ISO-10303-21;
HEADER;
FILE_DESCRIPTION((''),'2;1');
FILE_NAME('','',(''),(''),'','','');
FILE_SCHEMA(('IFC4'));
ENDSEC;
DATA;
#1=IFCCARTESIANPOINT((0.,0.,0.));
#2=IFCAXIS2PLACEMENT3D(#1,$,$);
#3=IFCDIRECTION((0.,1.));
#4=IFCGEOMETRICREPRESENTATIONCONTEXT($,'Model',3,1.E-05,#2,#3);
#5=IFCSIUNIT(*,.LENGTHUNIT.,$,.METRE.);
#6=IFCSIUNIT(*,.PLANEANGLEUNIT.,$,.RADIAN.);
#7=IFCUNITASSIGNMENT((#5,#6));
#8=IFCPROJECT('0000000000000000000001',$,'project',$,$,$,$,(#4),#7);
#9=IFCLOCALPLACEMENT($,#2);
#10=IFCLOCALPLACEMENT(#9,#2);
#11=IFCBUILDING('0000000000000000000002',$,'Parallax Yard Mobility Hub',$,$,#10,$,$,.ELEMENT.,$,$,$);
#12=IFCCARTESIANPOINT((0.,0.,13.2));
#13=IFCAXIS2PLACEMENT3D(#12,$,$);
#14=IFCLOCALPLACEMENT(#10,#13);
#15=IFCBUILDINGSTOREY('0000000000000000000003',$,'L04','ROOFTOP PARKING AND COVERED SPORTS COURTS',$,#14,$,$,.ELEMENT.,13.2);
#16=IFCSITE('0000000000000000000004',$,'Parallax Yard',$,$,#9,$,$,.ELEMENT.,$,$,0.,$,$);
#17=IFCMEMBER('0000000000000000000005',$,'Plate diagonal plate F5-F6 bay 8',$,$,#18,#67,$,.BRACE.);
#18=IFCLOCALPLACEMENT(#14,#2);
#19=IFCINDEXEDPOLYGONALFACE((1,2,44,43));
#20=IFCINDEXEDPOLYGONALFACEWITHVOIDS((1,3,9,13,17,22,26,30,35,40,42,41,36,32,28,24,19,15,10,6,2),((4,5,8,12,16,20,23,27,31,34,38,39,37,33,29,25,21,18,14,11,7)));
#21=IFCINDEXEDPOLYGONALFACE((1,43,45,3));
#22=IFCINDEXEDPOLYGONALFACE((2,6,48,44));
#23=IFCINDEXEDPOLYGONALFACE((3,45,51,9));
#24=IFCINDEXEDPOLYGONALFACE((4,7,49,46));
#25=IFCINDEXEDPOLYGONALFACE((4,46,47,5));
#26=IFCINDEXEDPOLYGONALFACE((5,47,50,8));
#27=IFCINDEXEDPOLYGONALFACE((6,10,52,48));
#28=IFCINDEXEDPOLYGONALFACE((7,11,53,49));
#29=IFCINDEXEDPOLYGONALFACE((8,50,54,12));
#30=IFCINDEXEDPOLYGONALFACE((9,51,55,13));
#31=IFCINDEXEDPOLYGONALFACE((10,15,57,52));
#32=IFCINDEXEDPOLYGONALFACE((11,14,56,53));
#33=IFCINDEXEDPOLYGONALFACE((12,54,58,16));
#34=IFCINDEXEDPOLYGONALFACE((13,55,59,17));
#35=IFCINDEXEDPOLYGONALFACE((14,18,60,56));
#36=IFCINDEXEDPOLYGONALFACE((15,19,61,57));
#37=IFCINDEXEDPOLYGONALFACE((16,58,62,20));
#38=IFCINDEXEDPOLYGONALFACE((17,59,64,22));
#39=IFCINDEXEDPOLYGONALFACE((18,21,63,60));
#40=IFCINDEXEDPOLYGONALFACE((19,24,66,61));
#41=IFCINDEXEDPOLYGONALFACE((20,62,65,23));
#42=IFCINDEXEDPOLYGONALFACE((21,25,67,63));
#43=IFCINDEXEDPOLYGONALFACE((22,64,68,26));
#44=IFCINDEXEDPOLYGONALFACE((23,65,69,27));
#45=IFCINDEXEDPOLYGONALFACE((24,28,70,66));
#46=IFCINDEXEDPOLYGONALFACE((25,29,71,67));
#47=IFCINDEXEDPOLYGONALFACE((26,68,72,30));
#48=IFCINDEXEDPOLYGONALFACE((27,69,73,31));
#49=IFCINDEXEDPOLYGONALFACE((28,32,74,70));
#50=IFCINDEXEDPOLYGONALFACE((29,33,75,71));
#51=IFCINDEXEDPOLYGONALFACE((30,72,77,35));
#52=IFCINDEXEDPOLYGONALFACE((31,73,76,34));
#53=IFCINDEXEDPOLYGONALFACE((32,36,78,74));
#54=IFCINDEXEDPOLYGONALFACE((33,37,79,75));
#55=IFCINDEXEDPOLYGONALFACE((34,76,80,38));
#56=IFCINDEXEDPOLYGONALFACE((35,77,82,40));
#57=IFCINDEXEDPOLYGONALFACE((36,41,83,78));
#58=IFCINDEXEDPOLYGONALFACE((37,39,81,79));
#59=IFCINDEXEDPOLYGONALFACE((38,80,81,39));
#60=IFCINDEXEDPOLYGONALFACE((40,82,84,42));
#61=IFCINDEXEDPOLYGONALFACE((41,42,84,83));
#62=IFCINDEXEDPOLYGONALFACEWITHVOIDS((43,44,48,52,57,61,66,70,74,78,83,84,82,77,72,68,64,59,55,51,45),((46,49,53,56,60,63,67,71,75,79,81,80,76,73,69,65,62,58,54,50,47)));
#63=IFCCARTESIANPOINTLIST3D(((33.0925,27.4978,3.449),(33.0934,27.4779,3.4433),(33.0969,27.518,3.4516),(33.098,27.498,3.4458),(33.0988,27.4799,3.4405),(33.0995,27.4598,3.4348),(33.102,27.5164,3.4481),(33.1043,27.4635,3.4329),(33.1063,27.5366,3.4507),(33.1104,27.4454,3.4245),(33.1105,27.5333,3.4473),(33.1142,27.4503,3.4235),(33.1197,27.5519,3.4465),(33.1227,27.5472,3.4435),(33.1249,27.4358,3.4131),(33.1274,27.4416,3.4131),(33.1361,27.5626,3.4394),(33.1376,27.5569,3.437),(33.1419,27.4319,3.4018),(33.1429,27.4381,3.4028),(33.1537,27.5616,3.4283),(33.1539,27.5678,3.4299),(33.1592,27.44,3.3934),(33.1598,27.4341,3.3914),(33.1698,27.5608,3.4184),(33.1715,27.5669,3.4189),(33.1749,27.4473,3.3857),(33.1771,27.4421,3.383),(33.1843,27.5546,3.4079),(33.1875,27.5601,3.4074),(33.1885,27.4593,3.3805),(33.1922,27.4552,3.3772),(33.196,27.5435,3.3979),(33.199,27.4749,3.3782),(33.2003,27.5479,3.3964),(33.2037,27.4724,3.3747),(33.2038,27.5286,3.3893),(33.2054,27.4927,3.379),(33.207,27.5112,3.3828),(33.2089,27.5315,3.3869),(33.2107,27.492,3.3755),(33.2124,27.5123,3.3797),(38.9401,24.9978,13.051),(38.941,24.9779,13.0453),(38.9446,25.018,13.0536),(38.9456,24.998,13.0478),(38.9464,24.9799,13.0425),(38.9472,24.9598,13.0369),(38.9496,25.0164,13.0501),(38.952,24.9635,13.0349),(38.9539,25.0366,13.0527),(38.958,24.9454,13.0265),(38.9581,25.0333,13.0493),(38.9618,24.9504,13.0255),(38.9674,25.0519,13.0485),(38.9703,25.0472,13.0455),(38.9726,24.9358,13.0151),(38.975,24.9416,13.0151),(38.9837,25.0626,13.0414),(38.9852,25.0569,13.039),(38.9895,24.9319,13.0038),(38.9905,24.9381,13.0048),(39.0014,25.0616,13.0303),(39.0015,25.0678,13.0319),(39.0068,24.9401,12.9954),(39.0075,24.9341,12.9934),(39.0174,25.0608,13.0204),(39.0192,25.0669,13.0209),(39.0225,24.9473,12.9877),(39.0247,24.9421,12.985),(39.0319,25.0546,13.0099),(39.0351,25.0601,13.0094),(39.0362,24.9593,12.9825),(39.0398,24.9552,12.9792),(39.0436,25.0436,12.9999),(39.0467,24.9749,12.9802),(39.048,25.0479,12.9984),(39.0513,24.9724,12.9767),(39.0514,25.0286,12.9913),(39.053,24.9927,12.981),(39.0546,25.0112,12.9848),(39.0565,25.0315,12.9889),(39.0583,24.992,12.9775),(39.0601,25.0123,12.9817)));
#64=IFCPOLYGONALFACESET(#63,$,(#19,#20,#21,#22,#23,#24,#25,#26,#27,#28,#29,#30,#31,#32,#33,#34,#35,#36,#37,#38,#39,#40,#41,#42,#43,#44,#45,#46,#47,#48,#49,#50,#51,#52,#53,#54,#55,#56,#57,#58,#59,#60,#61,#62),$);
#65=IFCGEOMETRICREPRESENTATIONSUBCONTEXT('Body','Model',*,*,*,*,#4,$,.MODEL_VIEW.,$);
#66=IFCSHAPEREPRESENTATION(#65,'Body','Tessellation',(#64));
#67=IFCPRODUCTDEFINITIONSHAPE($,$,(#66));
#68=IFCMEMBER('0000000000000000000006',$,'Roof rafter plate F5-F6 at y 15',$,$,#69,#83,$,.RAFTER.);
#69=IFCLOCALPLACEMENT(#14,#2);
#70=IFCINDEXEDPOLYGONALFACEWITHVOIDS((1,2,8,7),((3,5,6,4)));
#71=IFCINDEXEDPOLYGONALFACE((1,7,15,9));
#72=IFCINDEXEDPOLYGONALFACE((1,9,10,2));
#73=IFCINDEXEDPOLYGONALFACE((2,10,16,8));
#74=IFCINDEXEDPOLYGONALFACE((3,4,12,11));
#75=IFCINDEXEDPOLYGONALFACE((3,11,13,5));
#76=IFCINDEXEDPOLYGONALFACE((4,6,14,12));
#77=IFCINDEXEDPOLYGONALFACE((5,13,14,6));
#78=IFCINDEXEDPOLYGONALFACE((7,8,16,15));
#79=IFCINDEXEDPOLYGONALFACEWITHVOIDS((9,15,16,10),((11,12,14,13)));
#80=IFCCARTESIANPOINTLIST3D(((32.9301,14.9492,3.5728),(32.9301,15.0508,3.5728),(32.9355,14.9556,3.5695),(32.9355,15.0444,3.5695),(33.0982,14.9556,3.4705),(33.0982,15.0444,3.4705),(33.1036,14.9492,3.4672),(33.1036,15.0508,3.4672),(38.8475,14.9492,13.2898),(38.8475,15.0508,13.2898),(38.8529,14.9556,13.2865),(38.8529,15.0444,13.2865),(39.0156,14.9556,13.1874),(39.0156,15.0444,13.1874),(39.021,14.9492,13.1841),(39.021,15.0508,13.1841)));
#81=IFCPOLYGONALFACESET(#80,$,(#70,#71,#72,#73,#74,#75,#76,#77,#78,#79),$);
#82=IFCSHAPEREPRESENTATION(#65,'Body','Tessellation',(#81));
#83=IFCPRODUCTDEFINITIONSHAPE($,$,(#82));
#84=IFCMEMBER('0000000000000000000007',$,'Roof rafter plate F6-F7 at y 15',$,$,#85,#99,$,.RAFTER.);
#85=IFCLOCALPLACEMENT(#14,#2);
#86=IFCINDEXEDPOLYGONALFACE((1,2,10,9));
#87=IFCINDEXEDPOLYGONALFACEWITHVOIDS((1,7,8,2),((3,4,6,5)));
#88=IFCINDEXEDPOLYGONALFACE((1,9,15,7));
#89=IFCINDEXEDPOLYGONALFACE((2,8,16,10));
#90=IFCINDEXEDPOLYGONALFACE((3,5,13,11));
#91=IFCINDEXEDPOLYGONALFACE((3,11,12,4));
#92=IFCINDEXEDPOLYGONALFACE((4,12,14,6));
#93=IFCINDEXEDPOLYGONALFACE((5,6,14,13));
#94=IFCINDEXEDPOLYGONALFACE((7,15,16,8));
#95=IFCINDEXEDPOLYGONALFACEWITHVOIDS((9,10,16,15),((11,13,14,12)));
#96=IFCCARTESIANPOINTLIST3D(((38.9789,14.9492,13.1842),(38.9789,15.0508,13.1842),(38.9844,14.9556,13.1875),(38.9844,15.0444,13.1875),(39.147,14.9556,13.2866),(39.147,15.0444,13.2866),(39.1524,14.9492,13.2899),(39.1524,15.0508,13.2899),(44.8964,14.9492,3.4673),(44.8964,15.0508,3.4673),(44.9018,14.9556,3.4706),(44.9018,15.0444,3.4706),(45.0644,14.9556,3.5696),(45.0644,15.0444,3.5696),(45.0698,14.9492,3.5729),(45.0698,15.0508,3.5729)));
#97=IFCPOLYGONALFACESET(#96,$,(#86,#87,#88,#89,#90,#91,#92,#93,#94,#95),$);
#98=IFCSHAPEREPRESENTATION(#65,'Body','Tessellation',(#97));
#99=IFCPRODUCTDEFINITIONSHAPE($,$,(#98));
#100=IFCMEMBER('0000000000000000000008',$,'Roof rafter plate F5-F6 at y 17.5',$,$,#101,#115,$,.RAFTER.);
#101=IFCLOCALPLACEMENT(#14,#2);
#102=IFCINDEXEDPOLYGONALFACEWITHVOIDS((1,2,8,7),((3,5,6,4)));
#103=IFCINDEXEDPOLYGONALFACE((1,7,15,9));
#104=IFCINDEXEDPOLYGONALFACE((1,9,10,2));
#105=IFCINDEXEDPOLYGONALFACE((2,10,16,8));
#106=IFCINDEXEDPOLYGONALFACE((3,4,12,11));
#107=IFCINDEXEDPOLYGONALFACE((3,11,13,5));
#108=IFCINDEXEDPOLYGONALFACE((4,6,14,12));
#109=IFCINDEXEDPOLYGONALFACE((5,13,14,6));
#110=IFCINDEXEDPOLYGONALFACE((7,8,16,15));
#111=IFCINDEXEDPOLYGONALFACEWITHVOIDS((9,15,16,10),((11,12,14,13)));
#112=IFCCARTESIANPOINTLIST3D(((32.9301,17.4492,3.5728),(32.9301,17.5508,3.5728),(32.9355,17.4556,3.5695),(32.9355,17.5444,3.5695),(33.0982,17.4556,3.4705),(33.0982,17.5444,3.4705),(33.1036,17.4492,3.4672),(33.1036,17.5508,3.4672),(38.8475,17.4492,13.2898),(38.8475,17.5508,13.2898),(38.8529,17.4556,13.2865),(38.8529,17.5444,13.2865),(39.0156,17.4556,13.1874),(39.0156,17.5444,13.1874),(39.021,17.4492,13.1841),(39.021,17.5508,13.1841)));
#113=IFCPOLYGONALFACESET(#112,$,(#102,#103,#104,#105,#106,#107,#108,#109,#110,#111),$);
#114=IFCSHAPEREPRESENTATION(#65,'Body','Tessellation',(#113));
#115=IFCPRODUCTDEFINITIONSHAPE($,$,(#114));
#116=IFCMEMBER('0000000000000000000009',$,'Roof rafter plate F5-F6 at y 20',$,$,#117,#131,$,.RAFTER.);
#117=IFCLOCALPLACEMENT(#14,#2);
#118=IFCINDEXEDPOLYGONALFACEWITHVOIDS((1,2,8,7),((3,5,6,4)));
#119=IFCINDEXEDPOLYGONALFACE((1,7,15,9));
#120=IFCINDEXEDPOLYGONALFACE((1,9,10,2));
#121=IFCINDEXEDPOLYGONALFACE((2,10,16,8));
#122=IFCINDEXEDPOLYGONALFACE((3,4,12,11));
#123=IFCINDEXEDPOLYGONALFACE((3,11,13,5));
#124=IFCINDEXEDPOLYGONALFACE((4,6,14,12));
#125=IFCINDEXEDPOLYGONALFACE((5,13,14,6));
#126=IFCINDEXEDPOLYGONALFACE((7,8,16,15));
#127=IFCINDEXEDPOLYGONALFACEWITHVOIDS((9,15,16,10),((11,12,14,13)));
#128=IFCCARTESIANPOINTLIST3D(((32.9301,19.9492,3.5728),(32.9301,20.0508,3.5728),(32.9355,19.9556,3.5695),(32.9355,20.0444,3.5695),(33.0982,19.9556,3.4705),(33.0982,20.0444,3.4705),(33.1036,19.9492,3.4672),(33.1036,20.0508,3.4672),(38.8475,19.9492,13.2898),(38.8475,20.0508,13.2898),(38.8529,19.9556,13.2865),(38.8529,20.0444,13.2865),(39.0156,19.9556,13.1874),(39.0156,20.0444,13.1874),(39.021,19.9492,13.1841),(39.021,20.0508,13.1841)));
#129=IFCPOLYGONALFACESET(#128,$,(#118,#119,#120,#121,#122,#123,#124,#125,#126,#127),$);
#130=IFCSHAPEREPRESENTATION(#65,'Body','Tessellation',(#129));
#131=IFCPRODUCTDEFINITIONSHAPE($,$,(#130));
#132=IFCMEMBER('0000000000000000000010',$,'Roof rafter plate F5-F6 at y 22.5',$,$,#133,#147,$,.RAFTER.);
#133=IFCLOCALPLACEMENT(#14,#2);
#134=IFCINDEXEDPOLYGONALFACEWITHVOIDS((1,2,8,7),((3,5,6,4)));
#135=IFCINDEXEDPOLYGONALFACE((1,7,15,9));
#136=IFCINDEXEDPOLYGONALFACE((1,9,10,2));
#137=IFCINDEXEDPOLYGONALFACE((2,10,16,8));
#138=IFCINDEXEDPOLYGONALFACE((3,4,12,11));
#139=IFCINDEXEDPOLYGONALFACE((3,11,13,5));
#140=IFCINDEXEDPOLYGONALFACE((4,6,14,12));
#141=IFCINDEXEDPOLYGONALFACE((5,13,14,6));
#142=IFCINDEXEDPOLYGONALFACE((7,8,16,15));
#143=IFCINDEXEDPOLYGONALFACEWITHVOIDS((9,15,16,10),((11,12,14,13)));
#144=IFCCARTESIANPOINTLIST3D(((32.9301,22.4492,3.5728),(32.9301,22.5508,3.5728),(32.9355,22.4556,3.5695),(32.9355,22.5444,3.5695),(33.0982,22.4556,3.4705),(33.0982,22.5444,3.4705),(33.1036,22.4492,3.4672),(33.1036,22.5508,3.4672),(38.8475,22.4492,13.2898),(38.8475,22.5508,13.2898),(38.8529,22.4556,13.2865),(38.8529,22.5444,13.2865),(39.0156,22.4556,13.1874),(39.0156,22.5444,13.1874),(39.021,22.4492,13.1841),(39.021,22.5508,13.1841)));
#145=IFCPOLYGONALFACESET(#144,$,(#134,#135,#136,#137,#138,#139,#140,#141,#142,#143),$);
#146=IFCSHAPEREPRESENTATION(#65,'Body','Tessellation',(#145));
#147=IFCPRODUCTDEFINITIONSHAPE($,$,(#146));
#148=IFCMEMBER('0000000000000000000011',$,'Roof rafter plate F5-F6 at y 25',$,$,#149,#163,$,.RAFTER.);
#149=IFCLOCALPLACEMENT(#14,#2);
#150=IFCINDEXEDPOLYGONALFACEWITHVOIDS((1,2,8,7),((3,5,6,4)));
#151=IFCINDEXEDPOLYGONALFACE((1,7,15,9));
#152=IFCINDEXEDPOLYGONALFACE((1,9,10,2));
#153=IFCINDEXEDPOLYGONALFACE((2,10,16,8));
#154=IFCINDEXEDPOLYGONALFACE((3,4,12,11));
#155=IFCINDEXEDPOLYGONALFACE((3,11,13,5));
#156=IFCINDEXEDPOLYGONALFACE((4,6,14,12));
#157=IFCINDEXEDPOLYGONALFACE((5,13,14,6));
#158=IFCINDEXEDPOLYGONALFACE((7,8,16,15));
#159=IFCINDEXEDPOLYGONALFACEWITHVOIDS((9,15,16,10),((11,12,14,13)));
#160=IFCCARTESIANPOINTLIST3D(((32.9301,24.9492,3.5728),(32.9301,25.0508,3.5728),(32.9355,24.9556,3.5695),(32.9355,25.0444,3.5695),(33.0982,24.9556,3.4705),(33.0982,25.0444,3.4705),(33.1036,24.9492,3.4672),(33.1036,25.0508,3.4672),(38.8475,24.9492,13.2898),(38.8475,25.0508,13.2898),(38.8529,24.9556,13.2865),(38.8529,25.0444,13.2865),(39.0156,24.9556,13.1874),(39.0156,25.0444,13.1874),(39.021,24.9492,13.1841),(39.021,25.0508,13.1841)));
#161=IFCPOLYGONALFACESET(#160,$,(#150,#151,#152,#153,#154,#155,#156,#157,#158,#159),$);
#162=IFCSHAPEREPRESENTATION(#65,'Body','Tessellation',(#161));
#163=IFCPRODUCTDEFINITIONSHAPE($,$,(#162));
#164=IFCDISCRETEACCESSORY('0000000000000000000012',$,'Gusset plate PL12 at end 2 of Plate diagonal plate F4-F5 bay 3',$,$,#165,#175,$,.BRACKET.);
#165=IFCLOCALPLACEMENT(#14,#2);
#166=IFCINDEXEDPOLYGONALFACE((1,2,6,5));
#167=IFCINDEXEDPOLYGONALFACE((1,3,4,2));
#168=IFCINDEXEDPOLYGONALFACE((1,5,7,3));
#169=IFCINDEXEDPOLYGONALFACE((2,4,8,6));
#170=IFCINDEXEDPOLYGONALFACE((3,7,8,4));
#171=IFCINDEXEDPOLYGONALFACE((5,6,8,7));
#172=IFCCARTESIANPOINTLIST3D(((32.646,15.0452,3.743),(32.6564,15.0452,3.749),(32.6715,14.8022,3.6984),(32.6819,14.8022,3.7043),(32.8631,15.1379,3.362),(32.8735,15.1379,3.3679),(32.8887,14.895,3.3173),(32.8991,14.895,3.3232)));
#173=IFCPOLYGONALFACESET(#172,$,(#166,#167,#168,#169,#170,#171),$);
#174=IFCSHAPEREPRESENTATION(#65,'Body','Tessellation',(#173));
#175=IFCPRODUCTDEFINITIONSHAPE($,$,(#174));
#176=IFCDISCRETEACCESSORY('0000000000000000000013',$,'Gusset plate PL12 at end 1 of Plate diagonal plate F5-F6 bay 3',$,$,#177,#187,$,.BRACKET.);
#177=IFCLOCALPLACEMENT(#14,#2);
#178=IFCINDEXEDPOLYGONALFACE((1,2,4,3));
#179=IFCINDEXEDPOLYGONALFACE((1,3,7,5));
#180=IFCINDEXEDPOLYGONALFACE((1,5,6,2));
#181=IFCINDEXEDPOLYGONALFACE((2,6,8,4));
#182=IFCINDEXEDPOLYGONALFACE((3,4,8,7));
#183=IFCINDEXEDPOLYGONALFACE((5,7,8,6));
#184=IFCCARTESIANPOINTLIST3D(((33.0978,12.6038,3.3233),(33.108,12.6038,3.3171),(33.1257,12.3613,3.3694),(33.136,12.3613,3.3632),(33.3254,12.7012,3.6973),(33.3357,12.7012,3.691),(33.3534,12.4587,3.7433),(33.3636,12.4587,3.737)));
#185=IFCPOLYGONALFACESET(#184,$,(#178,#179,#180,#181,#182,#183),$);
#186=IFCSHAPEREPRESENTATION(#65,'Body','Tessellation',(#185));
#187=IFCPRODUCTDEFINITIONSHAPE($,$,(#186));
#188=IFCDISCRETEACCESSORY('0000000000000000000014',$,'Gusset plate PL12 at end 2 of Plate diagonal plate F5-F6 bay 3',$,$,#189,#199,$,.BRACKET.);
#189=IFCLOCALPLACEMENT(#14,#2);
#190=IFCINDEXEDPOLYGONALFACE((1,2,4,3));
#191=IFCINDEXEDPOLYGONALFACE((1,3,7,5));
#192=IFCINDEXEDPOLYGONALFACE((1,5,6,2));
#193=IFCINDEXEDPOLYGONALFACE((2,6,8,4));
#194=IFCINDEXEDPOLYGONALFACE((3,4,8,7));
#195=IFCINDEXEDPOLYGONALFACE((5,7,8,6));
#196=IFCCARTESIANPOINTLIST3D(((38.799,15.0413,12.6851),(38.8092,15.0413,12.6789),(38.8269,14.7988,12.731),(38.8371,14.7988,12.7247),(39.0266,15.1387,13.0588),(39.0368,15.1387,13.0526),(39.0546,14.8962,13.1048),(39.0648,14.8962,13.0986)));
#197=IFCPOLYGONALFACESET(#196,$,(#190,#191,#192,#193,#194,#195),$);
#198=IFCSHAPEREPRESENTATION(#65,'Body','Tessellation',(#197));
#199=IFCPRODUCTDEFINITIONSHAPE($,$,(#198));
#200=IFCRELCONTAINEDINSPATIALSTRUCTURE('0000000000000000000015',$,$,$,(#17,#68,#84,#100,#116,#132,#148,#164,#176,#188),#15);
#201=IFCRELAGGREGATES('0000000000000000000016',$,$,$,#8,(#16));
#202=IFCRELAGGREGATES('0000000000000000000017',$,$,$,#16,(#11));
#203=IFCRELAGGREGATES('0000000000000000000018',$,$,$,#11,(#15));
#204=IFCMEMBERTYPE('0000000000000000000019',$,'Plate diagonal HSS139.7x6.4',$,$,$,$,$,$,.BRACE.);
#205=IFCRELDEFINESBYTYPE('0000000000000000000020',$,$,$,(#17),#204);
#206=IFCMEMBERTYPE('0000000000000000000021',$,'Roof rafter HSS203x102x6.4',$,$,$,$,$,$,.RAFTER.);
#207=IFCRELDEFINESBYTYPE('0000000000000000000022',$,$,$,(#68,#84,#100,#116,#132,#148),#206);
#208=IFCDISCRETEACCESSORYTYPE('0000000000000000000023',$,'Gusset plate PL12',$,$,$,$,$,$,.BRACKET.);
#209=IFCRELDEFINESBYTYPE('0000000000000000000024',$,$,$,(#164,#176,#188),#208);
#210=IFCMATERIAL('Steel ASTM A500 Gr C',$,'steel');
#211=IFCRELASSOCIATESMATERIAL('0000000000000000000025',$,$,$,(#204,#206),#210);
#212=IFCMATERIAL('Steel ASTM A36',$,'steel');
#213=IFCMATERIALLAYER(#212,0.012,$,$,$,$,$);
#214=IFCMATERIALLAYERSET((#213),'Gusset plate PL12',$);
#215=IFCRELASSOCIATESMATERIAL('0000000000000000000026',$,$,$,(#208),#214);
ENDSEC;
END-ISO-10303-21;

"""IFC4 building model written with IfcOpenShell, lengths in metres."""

from ifc_helpers import new_model, si_unit, direction, frame, origin, origin_2d, place, context, subcontext, project, spatial, polyline, hollow_rectangle, hollow_circle, outline, extrude, material, layer, layer_set, material_profile, profile_set, type_object, element, save


model = new_model("IFC4")

# Units and contexts
model_context = context("Model", 3, precision=1e-05, world=origin(), true_north=direction((0.0, 1.0)))
body_context = subcontext(model_context, "Body", "Model", "MODEL_VIEW")
ifc_project = project(units=[si_unit("LENGTHUNIT", "METRE"), si_unit("PLANEANGLEUNIT", "RADIAN")], contexts=[model_context])

# Site, building, storey
site_placement = place(None, origin())
site = spatial("IfcSite", under=ifc_project, at=site_placement, Name="Parallax Yard", CompositionType="ELEMENT", RefElevation=0.0)
building_placement = place(site_placement, origin())
building = spatial("IfcBuilding", under=site, at=building_placement, Name="Parallax Yard Mobility Hub", CompositionType="ELEMENT")
storey_placement = place(building_placement, frame((0.0, 0.0, 13.2)))
storey = spatial("IfcBuildingStorey", under=building, at=storey_placement, Name="L04", Description="ROOFTOP PARKING AND COVERED SPORTS COURTS", CompositionType="ELEMENT", Elevation=13.2)

# Members
ifc_material_1 = material(Name="Steel ASTM A500 Gr C", Category="steel")
ifc_material_profile_1 = material_profile(ifc_material_1, hollow_circle(Radius=0.0698, WallThickness=0.0063, at=origin_2d()), Name="HSS139.7x6.4")
ifc_profile_set_1 = profile_set([ifc_material_profile_1], Name="Steel ASTM A500 Gr C")
member_type_1 = type_object("IfcMemberType", Name="Plate diagonal HSS139.7x6.4", PredefinedType="BRACE", material=ifc_profile_set_1)
member_1_placement = place(storey_placement, frame((39.0, 25.0, 13.0151), z_axis=(-0.507735, 0.217068, -0.833718), x_axis=(-0.393104, -0.919494, 0.0)))
element("IfcMember", 1, at=member_1_placement, inside=storey, type_object=member_type_1, Name="Plate diagonal plate F5-F6 bay 8", PredefinedType="BRACE", context=body_context, shape_type="SweptSolid", body=[
    extrude(hollow_circle(Radius=0.0698, WallThickness=0.0063, at=origin_2d()), origin(), (0.0, 0.0, 1.0), 11.5171),
])
ifc_material_profile_2 = material_profile(ifc_material_1, hollow_rectangle(XDim=0.1016, YDim=0.2031, WallThickness=0.0063, at=origin_2d()), Name="HSS203x102x6.4")
ifc_profile_set_2 = profile_set([ifc_material_profile_2], Name="Steel ASTM A500 Gr C")
member_type_2 = type_object("IfcMemberType", Name="Roof rafter HSS203x102x6.4", PredefinedType="RAFTER", material=ifc_profile_set_2)
for number, where, z_axis, x_axis, name in (
    (2, (33.0168, 15.0, 3.52), (0.520124, 0.0, 0.854091), (0.0, 1.0, 0.0), "Roof rafter plate F5-F6 at y 15"),
    (3, (39.0657, 15.0, 13.2371), (0.520124, 0.0, -0.854091), (0.0, 1.0, 0.0), "Roof rafter plate F6-F7 at y 15"),
    (4, (33.0168, 17.5, 3.52), (0.520124, 0.0, 0.854091), (0.0, 1.0, 0.0), "Roof rafter plate F5-F6 at y 17.5"),
    (5, (33.0168, 20.0, 3.52), (0.520124, 0.0, 0.854091), (0.0, 1.0, 0.0), "Roof rafter plate F5-F6 at y 20"),
    (6, (33.0168, 22.5, 3.52), (0.520124, 0.0, 0.854091), (0.0, 1.0, 0.0), "Roof rafter plate F5-F6 at y 22.5"),
    (7, (33.0168, 25.0, 3.52), (0.520124, 0.0, 0.854091), (0.0, 1.0, 0.0), "Roof rafter plate F5-F6 at y 25"),
):
    element("IfcMember", number, at=place(storey_placement, frame(where, z_axis=z_axis, x_axis=x_axis)), inside=storey, type_object=member_type_2, Name=name, PredefinedType="RAFTER", context=body_context, shape_type="SweptSolid", body=[
        extrude(hollow_rectangle(XDim=0.1016, YDim=0.2031, WallThickness=0.0063, at=origin_2d()), origin(), (0.0, 0.0, 1.0), 11.377),
    ])

# Discrete accessories
ifc_material_2 = material(Name="Steel ASTM A36", Category="steel")
ifc_layer = layer(ifc_material_2, 0.012)
ifc_layer_set = layer_set([ifc_layer], Name="Gusset plate PL12")
discrete_accessory_type = type_object("IfcDiscreteAccessoryType", Name="Gusset plate PL12", PredefinedType="BRACKET", material=ifc_layer_set)
discrete_accessory_1_placement = place(storey_placement, frame((32.6819, 14.8022, 3.7043), z_axis=(0.868823, 0.000185, 0.495124), x_axis=(0.484377, 0.2069, -0.850042)))
element("IfcDiscreteAccessory", 8, at=discrete_accessory_1_placement, inside=storey, type_object=discrete_accessory_type, Name="Gusset plate PL12 at end 2 of Plate diagonal plate F4-F5 bay 3", PredefinedType="BRACKET", context=body_context, shape_type="SweptSolid", body=[
    extrude(outline(polyline([(0.0, 0.0), (0.4484, 0.0), (0.4483, 0.2483), (0.0, 0.2483), (0.0, 0.0)])), origin(), (0.0, 0.0, -1.0), 0.012),
])
discrete_accessory_2_placement = place(storey_placement, frame((33.3254, 12.7012, 3.6973), z_axis=(-0.854155, 0.000225, 0.520019), x_axis=(-0.507647, -0.217193, -0.833739)))
element("IfcDiscreteAccessory", 9, at=discrete_accessory_2_placement, inside=storey, type_object=discrete_accessory_type, Name="Gusset plate PL12 at end 1 of Plate diagonal plate F5-F6 bay 3", PredefinedType="BRACKET", context=body_context, shape_type="SweptSolid", body=[
    extrude(outline(polyline([(0.0, 0.0), (0.4485, 0.0), (0.4486, 0.2483), (0.0001, 0.2483), (0.0, 0.0)])), origin(), (0.0, 0.0, -1.0), 0.012),
])
discrete_accessory_3_placement = place(storey_placement, frame((38.8269, 14.7988, 12.731), z_axis=(-0.854054, 0.000006, 0.520185), x_axis=(0.507764, 0.217232, 0.833658)))
element("IfcDiscreteAccessory", 10, at=discrete_accessory_3_placement, inside=storey, type_object=discrete_accessory_type, Name="Gusset plate PL12 at end 2 of Plate diagonal plate F5-F6 bay 3", PredefinedType="BRACKET", context=body_context, shape_type="SweptSolid", body=[
    extrude(outline(polyline([(0.0, 0.0), (0.4484, 0.0), (0.4486, 0.2483), (0.0003, 0.2483), (0.0, 0.0)])), origin(), (0.0, 0.0, -1.0), 0.012),
])

save(model, "model.ifc")
